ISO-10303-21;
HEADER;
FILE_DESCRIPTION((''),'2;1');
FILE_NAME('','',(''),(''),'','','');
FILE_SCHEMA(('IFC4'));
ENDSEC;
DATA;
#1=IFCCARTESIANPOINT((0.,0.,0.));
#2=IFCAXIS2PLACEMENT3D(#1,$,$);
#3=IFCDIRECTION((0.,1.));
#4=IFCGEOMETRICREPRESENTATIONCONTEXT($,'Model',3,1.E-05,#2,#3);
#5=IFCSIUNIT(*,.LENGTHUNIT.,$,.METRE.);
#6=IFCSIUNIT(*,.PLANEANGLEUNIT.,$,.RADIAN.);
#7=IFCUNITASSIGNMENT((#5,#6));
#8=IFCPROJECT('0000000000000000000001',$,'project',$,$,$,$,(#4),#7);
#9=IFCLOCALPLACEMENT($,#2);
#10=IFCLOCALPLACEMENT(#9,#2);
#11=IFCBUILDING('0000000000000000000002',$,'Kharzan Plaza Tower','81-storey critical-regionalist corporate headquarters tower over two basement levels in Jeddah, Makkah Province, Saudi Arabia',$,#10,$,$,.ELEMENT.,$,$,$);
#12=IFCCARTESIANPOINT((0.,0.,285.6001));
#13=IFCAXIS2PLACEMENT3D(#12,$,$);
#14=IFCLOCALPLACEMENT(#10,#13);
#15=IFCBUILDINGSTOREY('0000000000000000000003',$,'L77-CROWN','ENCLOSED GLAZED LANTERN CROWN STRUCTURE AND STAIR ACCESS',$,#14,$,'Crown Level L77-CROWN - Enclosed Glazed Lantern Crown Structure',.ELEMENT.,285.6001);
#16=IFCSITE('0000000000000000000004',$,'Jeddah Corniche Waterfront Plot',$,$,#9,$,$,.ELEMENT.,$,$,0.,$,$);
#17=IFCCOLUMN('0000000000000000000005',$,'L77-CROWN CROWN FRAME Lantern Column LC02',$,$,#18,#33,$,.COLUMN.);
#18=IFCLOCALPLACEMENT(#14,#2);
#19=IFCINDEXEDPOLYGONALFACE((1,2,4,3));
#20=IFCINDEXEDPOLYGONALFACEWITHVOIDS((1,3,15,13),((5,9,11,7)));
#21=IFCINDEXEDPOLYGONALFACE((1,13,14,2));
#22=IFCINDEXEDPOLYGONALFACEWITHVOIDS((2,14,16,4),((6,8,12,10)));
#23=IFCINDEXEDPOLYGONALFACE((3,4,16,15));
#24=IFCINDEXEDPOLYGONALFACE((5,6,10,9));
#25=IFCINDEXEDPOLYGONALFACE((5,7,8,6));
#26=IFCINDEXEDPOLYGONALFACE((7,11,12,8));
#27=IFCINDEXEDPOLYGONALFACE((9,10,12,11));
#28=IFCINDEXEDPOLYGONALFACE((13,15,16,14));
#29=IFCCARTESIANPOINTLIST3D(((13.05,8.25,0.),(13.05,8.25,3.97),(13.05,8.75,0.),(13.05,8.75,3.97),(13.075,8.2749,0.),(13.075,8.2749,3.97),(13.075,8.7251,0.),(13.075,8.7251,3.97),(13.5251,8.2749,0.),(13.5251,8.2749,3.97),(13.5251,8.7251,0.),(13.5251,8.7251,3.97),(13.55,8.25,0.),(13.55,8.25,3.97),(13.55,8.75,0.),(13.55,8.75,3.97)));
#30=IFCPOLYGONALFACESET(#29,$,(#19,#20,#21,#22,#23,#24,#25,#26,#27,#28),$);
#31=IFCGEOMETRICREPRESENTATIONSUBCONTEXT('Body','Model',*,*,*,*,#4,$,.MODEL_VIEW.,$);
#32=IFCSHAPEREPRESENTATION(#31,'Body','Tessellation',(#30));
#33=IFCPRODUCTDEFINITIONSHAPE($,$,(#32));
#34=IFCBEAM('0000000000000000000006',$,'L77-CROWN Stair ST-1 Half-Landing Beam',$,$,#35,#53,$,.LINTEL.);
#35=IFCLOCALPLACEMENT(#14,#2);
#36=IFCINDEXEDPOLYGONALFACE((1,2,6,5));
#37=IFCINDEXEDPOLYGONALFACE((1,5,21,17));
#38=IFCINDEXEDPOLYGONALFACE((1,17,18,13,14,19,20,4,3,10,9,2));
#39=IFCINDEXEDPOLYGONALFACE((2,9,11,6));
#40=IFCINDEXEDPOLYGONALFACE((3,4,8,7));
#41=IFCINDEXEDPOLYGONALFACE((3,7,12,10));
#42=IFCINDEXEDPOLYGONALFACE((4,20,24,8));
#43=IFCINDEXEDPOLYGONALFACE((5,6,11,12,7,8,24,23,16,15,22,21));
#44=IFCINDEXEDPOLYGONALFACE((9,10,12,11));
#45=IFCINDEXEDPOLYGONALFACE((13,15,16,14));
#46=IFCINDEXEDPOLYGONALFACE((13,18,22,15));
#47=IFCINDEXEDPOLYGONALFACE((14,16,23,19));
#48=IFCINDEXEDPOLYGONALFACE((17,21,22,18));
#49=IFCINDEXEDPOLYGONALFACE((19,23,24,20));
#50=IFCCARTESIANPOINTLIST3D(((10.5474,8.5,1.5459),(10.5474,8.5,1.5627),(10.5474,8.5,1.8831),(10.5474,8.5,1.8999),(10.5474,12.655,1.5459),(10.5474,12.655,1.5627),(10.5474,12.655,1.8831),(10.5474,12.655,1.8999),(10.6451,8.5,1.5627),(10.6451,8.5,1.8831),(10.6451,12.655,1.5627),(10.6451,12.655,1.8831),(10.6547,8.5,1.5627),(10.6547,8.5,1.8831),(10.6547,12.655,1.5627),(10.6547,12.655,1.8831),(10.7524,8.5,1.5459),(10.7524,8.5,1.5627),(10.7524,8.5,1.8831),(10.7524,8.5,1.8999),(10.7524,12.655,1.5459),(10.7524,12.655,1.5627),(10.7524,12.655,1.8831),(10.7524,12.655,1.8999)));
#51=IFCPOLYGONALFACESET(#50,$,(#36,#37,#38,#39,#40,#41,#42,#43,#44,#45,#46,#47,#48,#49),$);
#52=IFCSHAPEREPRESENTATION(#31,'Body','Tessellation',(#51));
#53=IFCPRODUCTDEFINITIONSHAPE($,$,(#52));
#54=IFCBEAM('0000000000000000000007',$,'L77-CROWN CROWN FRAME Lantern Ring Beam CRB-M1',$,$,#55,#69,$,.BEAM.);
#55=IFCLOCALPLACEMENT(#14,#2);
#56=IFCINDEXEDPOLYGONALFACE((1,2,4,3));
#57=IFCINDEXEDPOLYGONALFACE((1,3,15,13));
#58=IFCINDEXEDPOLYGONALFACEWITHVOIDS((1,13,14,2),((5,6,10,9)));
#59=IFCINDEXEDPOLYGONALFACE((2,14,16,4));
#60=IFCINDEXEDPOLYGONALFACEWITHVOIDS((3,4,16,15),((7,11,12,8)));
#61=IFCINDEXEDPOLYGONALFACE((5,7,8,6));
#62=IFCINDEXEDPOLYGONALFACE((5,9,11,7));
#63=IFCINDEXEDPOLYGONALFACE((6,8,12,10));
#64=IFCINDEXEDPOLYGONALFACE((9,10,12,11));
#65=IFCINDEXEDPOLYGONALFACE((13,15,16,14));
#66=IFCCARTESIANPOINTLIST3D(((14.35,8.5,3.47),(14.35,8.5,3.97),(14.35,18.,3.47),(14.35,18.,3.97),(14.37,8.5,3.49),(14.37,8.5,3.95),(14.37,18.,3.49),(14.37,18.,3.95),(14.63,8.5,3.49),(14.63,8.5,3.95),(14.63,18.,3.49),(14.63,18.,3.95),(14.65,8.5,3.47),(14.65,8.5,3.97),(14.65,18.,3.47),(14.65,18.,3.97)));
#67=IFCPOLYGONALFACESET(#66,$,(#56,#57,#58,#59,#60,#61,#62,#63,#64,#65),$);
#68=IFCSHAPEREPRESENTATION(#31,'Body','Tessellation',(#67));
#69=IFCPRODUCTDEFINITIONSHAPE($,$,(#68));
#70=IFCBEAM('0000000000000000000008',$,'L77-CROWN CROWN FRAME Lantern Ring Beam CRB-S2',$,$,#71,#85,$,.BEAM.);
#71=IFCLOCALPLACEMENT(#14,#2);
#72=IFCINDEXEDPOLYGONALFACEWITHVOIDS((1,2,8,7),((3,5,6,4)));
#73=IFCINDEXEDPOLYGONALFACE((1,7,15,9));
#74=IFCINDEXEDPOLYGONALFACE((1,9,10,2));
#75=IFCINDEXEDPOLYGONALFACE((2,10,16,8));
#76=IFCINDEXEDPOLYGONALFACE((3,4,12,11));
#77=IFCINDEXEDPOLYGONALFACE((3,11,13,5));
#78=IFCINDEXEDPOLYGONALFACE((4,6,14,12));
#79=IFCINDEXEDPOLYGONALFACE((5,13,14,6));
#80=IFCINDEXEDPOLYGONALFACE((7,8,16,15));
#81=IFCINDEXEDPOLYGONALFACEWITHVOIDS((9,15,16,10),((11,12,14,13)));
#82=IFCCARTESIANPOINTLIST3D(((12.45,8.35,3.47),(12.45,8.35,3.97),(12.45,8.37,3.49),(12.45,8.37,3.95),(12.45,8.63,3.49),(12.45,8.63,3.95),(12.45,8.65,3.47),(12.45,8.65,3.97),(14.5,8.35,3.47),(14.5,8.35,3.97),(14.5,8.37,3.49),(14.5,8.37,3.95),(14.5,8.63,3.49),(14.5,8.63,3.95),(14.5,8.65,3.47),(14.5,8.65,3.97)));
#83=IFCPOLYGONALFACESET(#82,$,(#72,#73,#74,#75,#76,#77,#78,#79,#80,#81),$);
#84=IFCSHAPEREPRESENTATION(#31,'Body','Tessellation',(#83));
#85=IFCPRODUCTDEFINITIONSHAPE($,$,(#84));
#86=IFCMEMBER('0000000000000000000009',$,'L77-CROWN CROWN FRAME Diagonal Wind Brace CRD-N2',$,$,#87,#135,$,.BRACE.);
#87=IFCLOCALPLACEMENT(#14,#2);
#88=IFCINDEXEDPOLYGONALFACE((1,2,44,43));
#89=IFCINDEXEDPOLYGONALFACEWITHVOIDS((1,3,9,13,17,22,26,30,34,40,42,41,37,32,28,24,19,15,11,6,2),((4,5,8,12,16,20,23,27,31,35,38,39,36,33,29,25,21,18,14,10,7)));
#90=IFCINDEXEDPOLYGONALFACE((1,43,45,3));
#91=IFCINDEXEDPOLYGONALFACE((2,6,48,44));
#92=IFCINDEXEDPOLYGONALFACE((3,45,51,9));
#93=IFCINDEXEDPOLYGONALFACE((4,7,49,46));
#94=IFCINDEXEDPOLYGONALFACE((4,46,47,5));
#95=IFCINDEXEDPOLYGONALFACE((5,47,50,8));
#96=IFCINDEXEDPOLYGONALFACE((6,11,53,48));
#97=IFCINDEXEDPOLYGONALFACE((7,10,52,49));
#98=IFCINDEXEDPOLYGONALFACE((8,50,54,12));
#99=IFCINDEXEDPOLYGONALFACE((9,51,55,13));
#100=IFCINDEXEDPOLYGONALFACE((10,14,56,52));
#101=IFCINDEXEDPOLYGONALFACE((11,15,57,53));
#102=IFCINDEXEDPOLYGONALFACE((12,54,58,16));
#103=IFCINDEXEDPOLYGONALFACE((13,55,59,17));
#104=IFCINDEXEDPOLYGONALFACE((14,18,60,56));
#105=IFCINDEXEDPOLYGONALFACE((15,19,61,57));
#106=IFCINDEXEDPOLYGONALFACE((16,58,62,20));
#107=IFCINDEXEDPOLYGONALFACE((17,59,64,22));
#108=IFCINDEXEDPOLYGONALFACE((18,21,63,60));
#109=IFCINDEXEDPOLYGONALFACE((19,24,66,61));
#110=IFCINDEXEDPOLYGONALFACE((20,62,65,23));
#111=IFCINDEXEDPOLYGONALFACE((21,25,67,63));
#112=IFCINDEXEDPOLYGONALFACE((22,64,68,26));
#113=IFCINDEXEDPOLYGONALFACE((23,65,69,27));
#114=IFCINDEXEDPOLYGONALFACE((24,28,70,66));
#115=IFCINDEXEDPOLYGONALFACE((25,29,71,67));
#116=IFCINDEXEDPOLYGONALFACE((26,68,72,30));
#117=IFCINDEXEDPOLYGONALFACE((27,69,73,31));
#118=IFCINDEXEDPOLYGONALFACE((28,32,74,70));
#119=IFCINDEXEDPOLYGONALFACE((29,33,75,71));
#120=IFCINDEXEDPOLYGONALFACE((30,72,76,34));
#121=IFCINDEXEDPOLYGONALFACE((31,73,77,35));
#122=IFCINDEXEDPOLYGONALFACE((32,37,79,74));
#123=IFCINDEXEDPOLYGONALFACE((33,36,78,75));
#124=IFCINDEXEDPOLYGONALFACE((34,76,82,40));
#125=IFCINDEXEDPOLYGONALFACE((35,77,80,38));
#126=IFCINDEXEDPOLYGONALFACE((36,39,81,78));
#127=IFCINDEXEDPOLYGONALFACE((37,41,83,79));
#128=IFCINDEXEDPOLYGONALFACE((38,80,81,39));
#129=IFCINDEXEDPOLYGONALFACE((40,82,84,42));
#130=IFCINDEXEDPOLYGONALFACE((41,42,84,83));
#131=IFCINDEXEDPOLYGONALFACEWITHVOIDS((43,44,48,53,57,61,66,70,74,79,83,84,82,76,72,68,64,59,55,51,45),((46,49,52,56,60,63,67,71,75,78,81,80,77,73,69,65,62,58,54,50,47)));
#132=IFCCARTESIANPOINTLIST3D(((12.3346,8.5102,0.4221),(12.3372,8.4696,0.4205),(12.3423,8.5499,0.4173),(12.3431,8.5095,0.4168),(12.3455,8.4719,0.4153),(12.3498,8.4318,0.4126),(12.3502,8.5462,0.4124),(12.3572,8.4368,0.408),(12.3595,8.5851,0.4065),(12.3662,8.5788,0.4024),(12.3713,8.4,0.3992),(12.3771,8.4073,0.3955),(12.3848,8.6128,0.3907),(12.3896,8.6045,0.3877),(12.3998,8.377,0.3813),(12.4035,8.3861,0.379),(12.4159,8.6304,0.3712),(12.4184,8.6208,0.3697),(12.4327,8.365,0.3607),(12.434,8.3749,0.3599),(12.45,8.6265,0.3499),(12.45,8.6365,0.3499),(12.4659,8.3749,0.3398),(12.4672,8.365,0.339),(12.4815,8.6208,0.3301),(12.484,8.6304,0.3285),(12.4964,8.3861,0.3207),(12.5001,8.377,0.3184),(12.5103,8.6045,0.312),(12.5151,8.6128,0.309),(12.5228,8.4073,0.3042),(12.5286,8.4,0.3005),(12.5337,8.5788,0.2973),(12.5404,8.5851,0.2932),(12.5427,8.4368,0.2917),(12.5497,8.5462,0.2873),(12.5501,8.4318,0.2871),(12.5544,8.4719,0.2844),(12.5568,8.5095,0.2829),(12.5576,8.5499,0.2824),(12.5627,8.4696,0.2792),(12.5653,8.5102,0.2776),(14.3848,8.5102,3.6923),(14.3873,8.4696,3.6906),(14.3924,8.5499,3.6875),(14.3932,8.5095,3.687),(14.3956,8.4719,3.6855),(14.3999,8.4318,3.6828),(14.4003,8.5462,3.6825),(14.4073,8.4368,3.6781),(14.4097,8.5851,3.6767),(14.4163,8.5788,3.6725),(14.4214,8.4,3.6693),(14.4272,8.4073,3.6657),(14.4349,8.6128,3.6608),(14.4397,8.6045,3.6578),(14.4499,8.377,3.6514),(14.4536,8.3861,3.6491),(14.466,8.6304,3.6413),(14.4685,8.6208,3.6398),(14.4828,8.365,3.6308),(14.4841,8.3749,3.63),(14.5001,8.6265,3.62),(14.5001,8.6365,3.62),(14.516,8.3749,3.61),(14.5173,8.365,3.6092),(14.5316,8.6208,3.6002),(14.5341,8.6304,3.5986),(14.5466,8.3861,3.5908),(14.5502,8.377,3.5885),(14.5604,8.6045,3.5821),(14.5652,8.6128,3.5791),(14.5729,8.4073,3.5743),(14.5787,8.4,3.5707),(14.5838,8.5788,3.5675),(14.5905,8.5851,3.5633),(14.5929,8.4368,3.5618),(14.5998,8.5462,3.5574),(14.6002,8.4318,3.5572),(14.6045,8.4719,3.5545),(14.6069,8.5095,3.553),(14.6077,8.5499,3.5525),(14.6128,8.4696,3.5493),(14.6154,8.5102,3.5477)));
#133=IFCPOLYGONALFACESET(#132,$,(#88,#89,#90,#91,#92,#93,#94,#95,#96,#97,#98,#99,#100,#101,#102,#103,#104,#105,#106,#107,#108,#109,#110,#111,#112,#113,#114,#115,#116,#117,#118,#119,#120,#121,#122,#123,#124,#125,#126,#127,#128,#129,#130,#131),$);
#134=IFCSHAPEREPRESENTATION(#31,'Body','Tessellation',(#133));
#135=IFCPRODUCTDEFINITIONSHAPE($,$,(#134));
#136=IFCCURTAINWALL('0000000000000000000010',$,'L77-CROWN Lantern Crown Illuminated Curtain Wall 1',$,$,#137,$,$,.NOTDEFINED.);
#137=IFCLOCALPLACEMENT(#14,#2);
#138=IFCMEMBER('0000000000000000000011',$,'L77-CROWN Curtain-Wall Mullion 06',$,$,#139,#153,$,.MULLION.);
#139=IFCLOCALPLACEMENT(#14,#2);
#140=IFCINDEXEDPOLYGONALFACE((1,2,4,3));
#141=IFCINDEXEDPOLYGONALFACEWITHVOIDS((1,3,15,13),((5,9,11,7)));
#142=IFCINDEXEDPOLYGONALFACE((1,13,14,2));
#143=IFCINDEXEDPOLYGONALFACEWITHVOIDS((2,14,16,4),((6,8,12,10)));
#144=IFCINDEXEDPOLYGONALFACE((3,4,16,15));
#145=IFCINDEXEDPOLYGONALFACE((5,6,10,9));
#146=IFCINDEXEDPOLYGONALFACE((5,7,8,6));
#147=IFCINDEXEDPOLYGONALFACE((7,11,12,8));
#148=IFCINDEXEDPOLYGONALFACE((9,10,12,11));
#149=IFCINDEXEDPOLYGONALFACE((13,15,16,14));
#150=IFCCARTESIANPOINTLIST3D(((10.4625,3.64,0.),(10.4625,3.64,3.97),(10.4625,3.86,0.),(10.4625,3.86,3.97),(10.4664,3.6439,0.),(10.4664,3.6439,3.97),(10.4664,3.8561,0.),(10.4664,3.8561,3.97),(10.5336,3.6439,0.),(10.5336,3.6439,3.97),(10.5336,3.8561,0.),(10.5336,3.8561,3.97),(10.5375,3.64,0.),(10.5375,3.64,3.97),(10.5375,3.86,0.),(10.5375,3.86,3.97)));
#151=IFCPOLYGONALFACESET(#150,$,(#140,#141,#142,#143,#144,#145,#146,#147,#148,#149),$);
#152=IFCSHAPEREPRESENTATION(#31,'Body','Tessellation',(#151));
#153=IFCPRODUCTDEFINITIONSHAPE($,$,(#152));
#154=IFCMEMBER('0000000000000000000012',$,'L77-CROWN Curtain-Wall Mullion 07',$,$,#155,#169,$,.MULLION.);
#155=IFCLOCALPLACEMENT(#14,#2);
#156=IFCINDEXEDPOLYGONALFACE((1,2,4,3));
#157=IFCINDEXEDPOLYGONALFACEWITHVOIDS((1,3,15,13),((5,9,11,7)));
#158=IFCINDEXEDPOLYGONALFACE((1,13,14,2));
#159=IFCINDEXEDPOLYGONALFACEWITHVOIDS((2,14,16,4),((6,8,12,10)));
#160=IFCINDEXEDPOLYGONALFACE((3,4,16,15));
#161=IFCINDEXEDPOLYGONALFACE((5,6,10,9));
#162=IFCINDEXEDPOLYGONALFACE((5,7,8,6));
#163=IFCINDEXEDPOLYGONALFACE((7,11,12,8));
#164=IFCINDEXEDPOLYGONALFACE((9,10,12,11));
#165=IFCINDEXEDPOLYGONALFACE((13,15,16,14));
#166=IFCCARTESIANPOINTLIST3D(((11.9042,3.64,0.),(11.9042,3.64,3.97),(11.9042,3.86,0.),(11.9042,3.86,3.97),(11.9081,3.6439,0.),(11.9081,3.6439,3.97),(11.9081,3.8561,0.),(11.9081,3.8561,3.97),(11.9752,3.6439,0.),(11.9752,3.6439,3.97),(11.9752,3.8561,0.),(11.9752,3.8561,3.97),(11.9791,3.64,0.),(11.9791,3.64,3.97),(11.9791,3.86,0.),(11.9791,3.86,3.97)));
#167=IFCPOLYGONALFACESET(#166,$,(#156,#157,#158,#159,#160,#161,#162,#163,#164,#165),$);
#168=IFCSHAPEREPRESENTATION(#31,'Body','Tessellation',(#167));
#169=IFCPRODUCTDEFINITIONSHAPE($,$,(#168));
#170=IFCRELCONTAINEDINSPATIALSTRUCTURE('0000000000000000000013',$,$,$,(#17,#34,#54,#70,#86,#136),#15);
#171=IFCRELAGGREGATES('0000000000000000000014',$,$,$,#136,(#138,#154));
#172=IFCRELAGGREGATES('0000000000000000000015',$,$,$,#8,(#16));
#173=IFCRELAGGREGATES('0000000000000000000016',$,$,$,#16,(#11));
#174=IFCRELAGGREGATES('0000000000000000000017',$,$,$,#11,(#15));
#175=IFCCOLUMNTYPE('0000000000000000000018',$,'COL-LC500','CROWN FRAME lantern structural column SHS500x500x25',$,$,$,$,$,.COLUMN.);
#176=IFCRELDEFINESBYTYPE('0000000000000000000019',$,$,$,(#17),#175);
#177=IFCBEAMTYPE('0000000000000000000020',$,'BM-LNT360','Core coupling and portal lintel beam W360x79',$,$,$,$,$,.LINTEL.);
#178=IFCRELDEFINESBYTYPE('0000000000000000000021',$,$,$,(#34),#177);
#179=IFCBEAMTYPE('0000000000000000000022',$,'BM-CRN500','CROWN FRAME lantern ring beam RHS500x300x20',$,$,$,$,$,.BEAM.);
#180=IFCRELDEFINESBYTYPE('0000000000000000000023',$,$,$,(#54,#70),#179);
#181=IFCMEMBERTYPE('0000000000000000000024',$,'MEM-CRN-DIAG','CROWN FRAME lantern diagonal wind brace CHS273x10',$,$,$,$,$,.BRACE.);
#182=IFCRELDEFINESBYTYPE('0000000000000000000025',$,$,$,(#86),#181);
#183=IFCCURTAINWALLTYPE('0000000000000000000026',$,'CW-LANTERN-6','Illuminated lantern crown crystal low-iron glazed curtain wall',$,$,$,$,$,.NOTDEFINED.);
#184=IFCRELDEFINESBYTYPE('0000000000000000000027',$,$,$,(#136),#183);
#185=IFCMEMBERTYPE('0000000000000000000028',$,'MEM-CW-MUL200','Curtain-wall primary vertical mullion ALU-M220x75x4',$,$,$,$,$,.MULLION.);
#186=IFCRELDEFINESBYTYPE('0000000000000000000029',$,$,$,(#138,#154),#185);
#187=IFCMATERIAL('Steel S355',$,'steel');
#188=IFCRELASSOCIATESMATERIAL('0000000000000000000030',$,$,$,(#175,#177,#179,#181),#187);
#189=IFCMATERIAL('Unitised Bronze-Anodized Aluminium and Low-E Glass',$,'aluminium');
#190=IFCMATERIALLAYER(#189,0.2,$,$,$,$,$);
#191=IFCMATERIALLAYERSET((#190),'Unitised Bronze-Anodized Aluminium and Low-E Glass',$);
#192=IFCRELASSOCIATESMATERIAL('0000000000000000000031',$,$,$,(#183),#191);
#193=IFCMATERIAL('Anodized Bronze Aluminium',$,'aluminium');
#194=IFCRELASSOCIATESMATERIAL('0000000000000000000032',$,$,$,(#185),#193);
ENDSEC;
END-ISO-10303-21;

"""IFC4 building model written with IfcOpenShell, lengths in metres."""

from ifc_helpers import new_model, si_unit, direction, frame, origin, origin_2d, place, context, subcontext, project, spatial, hollow_rectangle, hollow_circle, i_section, extrude, source, transform, mapped, material, layer, layer_set, material_profile, profile_set, type_object, element, aggregate, save


model = new_model("IFC4")

# Units and contexts
model_context = context("Model", 3, precision=1e-05, world=origin(), true_north=direction((0.0, 1.0)))
body_context = subcontext(model_context, "Body", "Model", "MODEL_VIEW")
ifc_project = project(units=[si_unit("LENGTHUNIT", "METRE"), si_unit("PLANEANGLEUNIT", "RADIAN")], contexts=[model_context])

# Site, building, storey
site_placement = place(None, origin())
site = spatial("IfcSite", under=ifc_project, at=site_placement, Name="Jeddah Corniche Waterfront Plot", CompositionType="ELEMENT", RefElevation=0.0)
building_placement = place(site_placement, origin())
building = spatial("IfcBuilding", under=site, at=building_placement, Name="Kharzan Plaza Tower", Description="81-storey critical-regionalist corporate headquarters tower over two basement levels in Jeddah, Makkah Province, Saudi Arabia", CompositionType="ELEMENT")
storey_placement = place(building_placement, frame((0.0, 0.0, 285.6001)))
storey = spatial("IfcBuildingStorey", under=building, at=storey_placement, Name="L77-CROWN", Description="ENCLOSED GLAZED LANTERN CROWN STRUCTURE AND STAIR ACCESS", LongName="Crown Level L77-CROWN - Enclosed Glazed Lantern Crown Structure", CompositionType="ELEMENT", Elevation=285.6001)

# Column
ifc_material_1 = material(Name="Steel S355", Category="steel")
ifc_material_profile_1 = material_profile(ifc_material_1, hollow_rectangle(XDim=0.5, YDim=0.5, WallThickness=0.0249, at=origin_2d()), Name="SHS500x500x25")
ifc_profile_set_1 = profile_set([ifc_material_profile_1], Name="Steel S355")
column_type = type_object("IfcColumnType", Name="COL-LC500", Description="CROWN FRAME lantern structural column SHS500x500x25", PredefinedType="COLUMN", material=ifc_profile_set_1)
shared_shape_1 = source(origin(), body_context, "Body", "SweptSolid", [
    extrude(hollow_rectangle(XDim=0.5, YDim=0.5, WallThickness=0.0249, at=origin_2d()), origin(), (0.0, 0.0, 1.0), 3.97),
])
column_placement = place(storey_placement, frame((13.3, 8.5, 0.0), z_axis=(0.0, 0.0, 1.0), x_axis=(1.0, 0.0, 0.0)))
element("IfcColumn", 1, at=column_placement, inside=storey, type_object=column_type, Name="L77-CROWN CROWN FRAME Lantern Column LC02", PredefinedType="COLUMN", context=body_context, shape_type="MappedRepresentation", body=[
    mapped(shared_shape_1, transform((0.0, 0.0, 0.0), x_axis=(1.0, 0.0, 0.0), y_axis=(0.0, 1.0, 0.0), z_axis=(0.0, 0.0, 1.0))),
])

# Beams
ifc_material_profile_2 = material_profile(ifc_material_1, i_section(OverallWidth=0.2051, OverallDepth=0.354, WebThickness=0.0095, FlangeThickness=0.0168, at=origin_2d()), Name="W360x79")
ifc_profile_set_2 = profile_set([ifc_material_profile_2], Name="Steel S355")
beam_type_1 = type_object("IfcBeamType", Name="BM-LNT360", Description="Core coupling and portal lintel beam W360x79", PredefinedType="LINTEL", material=ifc_profile_set_2)
shared_shape_2 = source(origin(), body_context, "Body", "SweptSolid", [
    extrude(i_section(OverallWidth=0.2051, OverallDepth=0.354, WebThickness=0.0095, FlangeThickness=0.0168, at=origin_2d()), origin(), (0.0, 0.0, 1.0), 4.155),
])
beam_1_placement = place(storey_placement, frame((10.6499, 8.5, 1.7229), z_axis=(0.0, 1.0, 0.0), x_axis=(-1.0, 0.0, 0.0)))
element("IfcBeam", 2, at=beam_1_placement, inside=storey, type_object=beam_type_1, Name="L77-CROWN Stair ST-1 Half-Landing Beam", PredefinedType="LINTEL", context=body_context, shape_type="MappedRepresentation", body=[
    mapped(shared_shape_2, transform((0.0, 0.0, 0.0), x_axis=(1.0, 0.0, 0.0), y_axis=(0.0, 1.0, 0.0), z_axis=(0.0, 0.0, 1.0))),
])
ifc_material_profile_3 = material_profile(ifc_material_1, hollow_rectangle(XDim=0.3, YDim=0.5, WallThickness=0.02, at=origin_2d()), Name="RHS500x300x20")
ifc_profile_set_3 = profile_set([ifc_material_profile_3], Name="Steel S355")
beam_type_2 = type_object("IfcBeamType", Name="BM-CRN500", Description="CROWN FRAME lantern ring beam RHS500x300x20", PredefinedType="BEAM", material=ifc_profile_set_3)
shared_shape_3 = source(origin(), body_context, "Body", "SweptSolid", [
    extrude(hollow_rectangle(XDim=0.3, YDim=0.5, WallThickness=0.02, at=origin_2d()), origin(), (0.0, 0.0, 1.0), 9.5),
])
beam_2_placement = place(storey_placement, frame((14.5, 8.5, 3.72), z_axis=(0.0, 1.0, 0.0), x_axis=(-1.0, 0.0, 0.0)))
element("IfcBeam", 3, at=beam_2_placement, inside=storey, type_object=beam_type_2, Name="L77-CROWN CROWN FRAME Lantern Ring Beam CRB-M1", PredefinedType="BEAM", context=body_context, shape_type="MappedRepresentation", body=[
    mapped(shared_shape_3, transform((0.0, 0.0, 0.0), x_axis=(1.0, 0.0, 0.0), y_axis=(0.0, 1.0, 0.0), z_axis=(0.0, 0.0, 1.0))),
])
shared_shape_4 = source(origin(), body_context, "Body", "SweptSolid", [
    extrude(hollow_rectangle(XDim=0.3, YDim=0.5, WallThickness=0.02, at=origin_2d()), origin(), (0.0, 0.0, 1.0), 2.05),
])
beam_3_placement = place(storey_placement, frame((12.45, 8.5, 3.72), z_axis=(1.0, 0.0, 0.0), x_axis=(0.0, 1.0, 0.0)))
element("IfcBeam", 4, at=beam_3_placement, inside=storey, type_object=beam_type_2, Name="L77-CROWN CROWN FRAME Lantern Ring Beam CRB-S2", PredefinedType="BEAM", context=body_context, shape_type="MappedRepresentation", body=[
    mapped(shared_shape_4, transform((0.0, 0.0, 0.0), x_axis=(1.0, 0.0, 0.0), y_axis=(0.0, 1.0, 0.0), z_axis=(0.0, 0.0, 1.0))),
])

# Member
ifc_material_profile_4 = material_profile(ifc_material_1, hollow_circle(Radius=0.1365, WallThickness=0.01, at=origin_2d()), Name="CHS273x10")
ifc_profile_set_4 = profile_set([ifc_material_profile_4], Name="Steel S355")
member_type_1 = type_object("IfcMemberType", Name="MEM-CRN-DIAG", Description="CROWN FRAME lantern diagonal wind brace CHS273x10", PredefinedType="BRACE", material=ifc_profile_set_4)
shared_shape_5 = source(origin(), body_context, "Body", "SweptSolid", [
    extrude(hollow_circle(Radius=0.1365, WallThickness=0.01, at=origin_2d()), origin(), (0.0, 0.0, 1.0), 3.8596),
])
member_1_placement = place(storey_placement, frame((12.45, 8.5, 0.3499), z_axis=(0.53117, 0.0, 0.847265), x_axis=(0.0, 1.0, 0.0)))
element("IfcMember", 5, at=member_1_placement, inside=storey, type_object=member_type_1, Name="L77-CROWN CROWN FRAME Diagonal Wind Brace CRD-N2", PredefinedType="BRACE", context=body_context, shape_type="MappedRepresentation", body=[
    mapped(shared_shape_5, transform((0.0, 0.0, 0.0), x_axis=(1.0, 0.0, 0.0), y_axis=(0.0, 1.0, 0.0), z_axis=(0.0, 0.0, 1.0))),
])

# Curtain wall, members
ifc_material_2 = material(Name="Unitised Bronze-Anodized Aluminium and Low-E Glass", Category="aluminium")
ifc_layer_1 = layer(ifc_material_2, 0.2)
ifc_layer_set_1 = layer_set([ifc_layer_1], Name="Unitised Bronze-Anodized Aluminium and Low-E Glass")
curtain_wall_type = type_object("IfcCurtainWallType", Name="CW-LANTERN-6", Description="Illuminated lantern crown crystal low-iron glazed curtain wall", PredefinedType="NOTDEFINED", material=ifc_layer_set_1)
curtain_wall_1_placement = place(storey_placement, origin())
curtain_wall_1 = element("IfcCurtainWall", 6, at=curtain_wall_1_placement, inside=storey, type_object=curtain_wall_type, Name="L77-CROWN Lantern Crown Illuminated Curtain Wall 1", PredefinedType="NOTDEFINED")
ifc_material_3 = material(Name="Anodized Bronze Aluminium", Category="aluminium")
ifc_material_profile_5 = material_profile(ifc_material_3, hollow_rectangle(XDim=0.075, YDim=0.22, WallThickness=0.0039, at=origin_2d()), Name="ALU-M220x75x4")
ifc_profile_set_5 = profile_set([ifc_material_profile_5], Name="Anodized Bronze Aluminium")
member_type_2 = type_object("IfcMemberType", Name="MEM-CW-MUL200", Description="Curtain-wall primary vertical mullion ALU-M220x75x4", PredefinedType="MULLION", material=ifc_profile_set_5)
shared_shape_6 = source(origin(), body_context, "Body", "SweptSolid", [
    extrude(hollow_rectangle(XDim=0.075, YDim=0.22, WallThickness=0.0039, at=origin_2d()), origin(), (0.0, 0.0, 1.0), 3.97),
])
member_2_placement = place(storey_placement, frame((10.5, 3.75, 0.0), z_axis=(0.0, 0.0, 1.0), x_axis=(1.0, 0.0, 0.0)))
member_2 = element("IfcMember", 7, at=member_2_placement, type_object=member_type_2, Name="L77-CROWN Curtain-Wall Mullion 06", PredefinedType="MULLION", context=body_context, shape_type="MappedRepresentation", body=[
    mapped(shared_shape_6, transform((0.0, 0.0, 0.0), x_axis=(1.0, 0.0, 0.0), y_axis=(0.0, 1.0, 0.0), z_axis=(0.0, 0.0, 1.0))),
])
member_3_placement = place(storey_placement, frame((11.9417, 3.75, 0.0), z_axis=(0.0, 0.0, 1.0), x_axis=(1.0, 0.0, 0.0)))
member_3 = element("IfcMember", 8, at=member_3_placement, type_object=member_type_2, Name="L77-CROWN Curtain-Wall Mullion 07", PredefinedType="MULLION", context=body_context, shape_type="MappedRepresentation", body=[
    mapped(shared_shape_6, transform((0.0, 0.0, 0.0), x_axis=(1.0, 0.0, 0.0), y_axis=(0.0, 1.0, 0.0), z_axis=(0.0, 0.0, 1.0))),
])

aggregate(curtain_wall_1, [member_2, member_3])

save(model, "model.ifc")
